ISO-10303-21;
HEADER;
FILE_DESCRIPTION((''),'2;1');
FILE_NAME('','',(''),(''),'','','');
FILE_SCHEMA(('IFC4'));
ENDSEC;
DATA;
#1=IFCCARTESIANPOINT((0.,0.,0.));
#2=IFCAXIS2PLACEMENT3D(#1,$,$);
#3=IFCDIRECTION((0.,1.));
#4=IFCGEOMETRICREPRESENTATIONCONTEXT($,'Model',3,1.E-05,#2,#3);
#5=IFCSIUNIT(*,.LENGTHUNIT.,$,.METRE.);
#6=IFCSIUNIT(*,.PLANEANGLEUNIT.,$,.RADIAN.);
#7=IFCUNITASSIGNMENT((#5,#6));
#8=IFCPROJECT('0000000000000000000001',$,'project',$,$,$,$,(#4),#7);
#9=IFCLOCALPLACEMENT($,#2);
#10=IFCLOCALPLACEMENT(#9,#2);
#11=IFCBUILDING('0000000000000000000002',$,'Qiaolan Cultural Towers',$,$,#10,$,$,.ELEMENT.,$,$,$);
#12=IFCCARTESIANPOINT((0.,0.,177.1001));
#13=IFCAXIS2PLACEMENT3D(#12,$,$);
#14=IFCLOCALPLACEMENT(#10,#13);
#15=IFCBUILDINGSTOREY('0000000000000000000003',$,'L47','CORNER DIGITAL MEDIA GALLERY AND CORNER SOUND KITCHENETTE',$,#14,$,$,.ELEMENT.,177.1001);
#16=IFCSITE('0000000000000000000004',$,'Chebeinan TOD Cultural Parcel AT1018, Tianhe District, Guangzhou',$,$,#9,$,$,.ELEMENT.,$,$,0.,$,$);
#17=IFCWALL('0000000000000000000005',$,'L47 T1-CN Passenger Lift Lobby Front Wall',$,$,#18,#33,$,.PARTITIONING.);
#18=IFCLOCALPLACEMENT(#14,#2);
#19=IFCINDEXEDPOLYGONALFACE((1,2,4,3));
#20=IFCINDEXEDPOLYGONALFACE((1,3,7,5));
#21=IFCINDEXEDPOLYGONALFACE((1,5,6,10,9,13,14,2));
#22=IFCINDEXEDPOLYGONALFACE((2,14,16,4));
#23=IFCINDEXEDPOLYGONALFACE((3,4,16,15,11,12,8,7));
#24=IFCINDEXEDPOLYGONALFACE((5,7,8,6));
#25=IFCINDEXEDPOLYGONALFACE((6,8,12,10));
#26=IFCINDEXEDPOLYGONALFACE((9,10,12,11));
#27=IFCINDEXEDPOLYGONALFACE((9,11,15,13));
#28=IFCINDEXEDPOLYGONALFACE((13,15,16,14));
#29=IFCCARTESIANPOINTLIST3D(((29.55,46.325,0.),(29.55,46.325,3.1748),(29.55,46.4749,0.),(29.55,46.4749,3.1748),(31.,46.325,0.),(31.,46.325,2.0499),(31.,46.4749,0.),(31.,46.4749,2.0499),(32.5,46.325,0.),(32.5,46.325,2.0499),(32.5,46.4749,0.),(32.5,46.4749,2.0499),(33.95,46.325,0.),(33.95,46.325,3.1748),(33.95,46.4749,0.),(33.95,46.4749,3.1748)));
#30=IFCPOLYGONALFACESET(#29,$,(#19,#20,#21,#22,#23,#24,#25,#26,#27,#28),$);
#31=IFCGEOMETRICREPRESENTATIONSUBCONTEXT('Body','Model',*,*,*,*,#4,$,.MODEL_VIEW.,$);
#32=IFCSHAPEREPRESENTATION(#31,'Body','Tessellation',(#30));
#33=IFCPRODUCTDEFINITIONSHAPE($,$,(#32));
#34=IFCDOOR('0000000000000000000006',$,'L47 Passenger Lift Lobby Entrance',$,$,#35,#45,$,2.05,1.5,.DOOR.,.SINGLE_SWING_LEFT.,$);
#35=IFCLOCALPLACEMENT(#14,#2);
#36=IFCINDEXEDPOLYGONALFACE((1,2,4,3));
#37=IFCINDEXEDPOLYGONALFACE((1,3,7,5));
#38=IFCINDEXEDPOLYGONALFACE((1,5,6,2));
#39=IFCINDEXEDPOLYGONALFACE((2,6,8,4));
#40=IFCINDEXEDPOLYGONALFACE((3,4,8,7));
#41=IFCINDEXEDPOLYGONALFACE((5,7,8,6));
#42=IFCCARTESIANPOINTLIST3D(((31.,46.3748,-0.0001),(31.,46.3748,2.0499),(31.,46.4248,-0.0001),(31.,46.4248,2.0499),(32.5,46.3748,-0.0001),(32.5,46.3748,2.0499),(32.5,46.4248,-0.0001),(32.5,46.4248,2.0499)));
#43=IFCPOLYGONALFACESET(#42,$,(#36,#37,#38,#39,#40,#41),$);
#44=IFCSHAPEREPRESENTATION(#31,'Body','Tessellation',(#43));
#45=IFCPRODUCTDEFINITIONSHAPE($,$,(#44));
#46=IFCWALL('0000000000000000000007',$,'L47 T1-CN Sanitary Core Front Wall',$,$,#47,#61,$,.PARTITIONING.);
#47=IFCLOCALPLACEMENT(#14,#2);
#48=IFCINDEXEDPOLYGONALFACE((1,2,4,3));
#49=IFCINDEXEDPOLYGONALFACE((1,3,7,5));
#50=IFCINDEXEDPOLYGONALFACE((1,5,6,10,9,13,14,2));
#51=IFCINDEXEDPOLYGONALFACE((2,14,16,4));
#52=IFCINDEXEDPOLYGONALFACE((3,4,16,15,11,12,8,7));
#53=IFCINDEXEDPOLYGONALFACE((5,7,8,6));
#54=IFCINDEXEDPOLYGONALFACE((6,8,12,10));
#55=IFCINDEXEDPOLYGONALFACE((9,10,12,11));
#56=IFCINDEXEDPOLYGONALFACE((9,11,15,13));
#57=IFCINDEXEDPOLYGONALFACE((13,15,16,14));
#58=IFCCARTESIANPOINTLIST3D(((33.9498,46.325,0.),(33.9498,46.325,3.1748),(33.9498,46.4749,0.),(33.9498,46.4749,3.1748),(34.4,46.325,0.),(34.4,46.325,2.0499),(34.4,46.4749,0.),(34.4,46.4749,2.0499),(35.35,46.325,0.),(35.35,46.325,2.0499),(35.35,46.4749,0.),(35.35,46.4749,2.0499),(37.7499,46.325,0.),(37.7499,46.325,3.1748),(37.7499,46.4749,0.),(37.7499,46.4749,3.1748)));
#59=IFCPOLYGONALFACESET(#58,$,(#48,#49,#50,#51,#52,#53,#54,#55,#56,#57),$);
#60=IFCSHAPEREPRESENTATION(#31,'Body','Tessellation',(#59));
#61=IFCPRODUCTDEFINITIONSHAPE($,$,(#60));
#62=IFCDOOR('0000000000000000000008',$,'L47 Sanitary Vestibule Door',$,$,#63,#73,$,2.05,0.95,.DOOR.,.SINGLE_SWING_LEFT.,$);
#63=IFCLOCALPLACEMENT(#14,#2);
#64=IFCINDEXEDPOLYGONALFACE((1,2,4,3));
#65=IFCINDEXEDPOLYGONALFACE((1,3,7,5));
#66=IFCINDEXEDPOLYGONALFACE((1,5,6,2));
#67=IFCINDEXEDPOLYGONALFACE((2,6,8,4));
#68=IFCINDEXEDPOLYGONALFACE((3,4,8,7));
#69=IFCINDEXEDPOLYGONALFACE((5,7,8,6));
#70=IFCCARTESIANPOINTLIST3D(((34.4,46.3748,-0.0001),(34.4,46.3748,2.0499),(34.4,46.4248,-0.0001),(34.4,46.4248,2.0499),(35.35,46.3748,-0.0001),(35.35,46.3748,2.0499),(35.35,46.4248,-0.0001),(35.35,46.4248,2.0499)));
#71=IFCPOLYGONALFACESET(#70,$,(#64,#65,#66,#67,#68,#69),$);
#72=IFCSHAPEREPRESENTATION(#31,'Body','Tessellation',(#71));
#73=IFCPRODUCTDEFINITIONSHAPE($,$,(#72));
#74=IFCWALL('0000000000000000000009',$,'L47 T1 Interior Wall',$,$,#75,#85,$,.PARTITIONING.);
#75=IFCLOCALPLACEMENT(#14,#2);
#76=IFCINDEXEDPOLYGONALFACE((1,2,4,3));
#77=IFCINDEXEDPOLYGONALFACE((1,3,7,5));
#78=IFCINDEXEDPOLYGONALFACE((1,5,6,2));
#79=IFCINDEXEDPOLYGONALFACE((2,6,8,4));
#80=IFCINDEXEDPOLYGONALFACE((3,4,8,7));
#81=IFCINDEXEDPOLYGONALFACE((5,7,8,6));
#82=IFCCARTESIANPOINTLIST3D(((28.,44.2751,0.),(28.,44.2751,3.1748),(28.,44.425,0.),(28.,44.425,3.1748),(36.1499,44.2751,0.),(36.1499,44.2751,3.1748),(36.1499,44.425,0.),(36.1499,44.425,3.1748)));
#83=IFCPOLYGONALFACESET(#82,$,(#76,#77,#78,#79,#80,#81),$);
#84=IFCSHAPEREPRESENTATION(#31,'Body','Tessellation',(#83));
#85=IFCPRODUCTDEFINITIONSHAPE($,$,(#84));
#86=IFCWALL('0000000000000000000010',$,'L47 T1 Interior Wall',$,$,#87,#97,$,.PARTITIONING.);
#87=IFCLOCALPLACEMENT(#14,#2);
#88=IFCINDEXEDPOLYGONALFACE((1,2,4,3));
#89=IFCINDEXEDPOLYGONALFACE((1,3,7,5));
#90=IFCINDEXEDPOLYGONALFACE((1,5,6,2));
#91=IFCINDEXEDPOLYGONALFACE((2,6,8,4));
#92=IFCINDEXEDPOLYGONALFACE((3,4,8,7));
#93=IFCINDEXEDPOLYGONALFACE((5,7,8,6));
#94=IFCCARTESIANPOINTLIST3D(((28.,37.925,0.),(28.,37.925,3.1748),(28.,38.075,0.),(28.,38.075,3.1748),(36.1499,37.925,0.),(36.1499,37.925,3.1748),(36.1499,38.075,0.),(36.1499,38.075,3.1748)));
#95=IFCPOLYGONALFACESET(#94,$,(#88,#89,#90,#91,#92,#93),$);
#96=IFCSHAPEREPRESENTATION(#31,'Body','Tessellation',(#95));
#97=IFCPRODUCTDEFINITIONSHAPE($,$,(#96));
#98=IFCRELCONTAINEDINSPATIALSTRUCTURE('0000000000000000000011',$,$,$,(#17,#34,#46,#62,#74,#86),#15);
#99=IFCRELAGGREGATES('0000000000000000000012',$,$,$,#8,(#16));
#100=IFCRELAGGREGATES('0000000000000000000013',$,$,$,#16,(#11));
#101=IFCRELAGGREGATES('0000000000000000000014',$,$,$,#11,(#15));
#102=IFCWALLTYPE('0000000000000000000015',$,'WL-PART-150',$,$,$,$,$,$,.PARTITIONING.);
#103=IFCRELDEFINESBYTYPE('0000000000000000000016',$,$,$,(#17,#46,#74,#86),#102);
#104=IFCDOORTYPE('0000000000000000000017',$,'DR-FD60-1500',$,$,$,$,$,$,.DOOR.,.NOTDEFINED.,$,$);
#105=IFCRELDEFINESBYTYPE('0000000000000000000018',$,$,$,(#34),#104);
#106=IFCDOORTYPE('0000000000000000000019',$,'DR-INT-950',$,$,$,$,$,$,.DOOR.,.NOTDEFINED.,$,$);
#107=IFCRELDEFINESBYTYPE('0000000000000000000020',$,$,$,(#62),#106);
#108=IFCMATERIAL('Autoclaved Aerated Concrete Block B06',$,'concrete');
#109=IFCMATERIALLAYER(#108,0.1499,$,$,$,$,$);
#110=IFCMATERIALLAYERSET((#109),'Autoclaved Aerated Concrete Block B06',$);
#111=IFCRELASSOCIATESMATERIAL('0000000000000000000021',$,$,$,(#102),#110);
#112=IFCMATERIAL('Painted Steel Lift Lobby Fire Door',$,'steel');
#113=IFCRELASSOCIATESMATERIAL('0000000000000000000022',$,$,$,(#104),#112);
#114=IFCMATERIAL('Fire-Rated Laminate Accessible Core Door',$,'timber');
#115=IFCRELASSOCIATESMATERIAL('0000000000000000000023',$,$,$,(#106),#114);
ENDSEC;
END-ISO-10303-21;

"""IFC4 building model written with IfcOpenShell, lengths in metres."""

from ifc_helpers import new_model, si_unit, direction, frame, frame_2d, origin, place, context, subcontext, project, spatial, rectangle, extrude, material, layer, layer_set, type_object, element, fill, save


model = new_model("IFC4")

# Units and contexts
model_context = context("Model", 3, precision=1e-05, world=origin(), true_north=direction((0.0, 1.0)))
body_context = subcontext(model_context, "Body", "Model", "MODEL_VIEW")
ifc_project = project(units=[si_unit("LENGTHUNIT", "METRE"), si_unit("PLANEANGLEUNIT", "RADIAN")], contexts=[model_context])

# Site, building, storey
site_placement = place(None, origin())
site = spatial("IfcSite", under=ifc_project, at=site_placement, Name="Chebeinan TOD Cultural Parcel AT1018, Tianhe District, Guangzhou", CompositionType="ELEMENT", RefElevation=0.0)
building_placement = place(site_placement, origin())
building = spatial("IfcBuilding", under=site, at=building_placement, Name="Qiaolan Cultural Towers", CompositionType="ELEMENT")
storey_placement = place(building_placement, frame((0.0, 0.0, 177.1001)))
storey = spatial("IfcBuildingStorey", under=building, at=storey_placement, Name="L47", Description="CORNER DIGITAL MEDIA GALLERY AND CORNER SOUND KITCHENETTE", CompositionType="ELEMENT", Elevation=177.1001)

# Walls, openings, doors
ifc_material_1 = material(Name="Autoclaved Aerated Concrete Block B06", Category="concrete")
ifc_layer_1 = layer(ifc_material_1, 0.1499)
ifc_layer_set_1 = layer_set([ifc_layer_1], Name="Autoclaved Aerated Concrete Block B06")
wall_type_1 = type_object("IfcWallType", Name="WL-PART-150", PredefinedType="PARTITIONING", material=ifc_layer_set_1)
wall_1_placement = place(storey_placement, frame((29.55, 46.3999, 0.0), z_axis=(0.0, 0.0, 1.0), x_axis=(1.0, 0.0, 0.0)))
wall_1 = element("IfcWall", 1, at=wall_1_placement, inside=storey, type_object=wall_type_1, Name="L47 T1-CN Passenger Lift Lobby Front Wall", PredefinedType="PARTITIONING", context=body_context, shape_type="SweptSolid", body=[
    extrude(rectangle(XDim=4.3999, YDim=0.1499, at=frame_2d((2.2, 0.0))), origin(), (0.0, 0.0, 1.0), 3.1748),
])
opening_1_placement = place(wall_1_placement, frame((1.45, 0.0, 0.0)))
opening_1 = element("IfcOpeningElement", 2, at=opening_1_placement, cuts=wall_1, PredefinedType="OPENING", context=body_context, shape_type="SweptSolid", body=[
    extrude(rectangle(XDim=1.5, YDim=2.05, at=frame_2d((0.75, 1.0249))), frame((0.0, 0.085, 0.0), z_axis=(0.0, -1.0, 0.0), x_axis=(1.0, 0.0, 0.0)), (0.0, 0.0, 1.0), 0.1699),
])
ifc_material_2 = material(Name="Painted Steel Lift Lobby Fire Door", Category="steel")
door_type_1 = type_object("IfcDoorType", Name="DR-FD60-1500", OperationType="NOTDEFINED", PredefinedType="DOOR", material=ifc_material_2)
door_1_placement = place(opening_1_placement, origin())
door_1 = element("IfcDoor", 3, at=door_1_placement, inside=storey, type_object=door_type_1, Name="L47 Passenger Lift Lobby Entrance", OperationType="SINGLE_SWING_LEFT", OverallHeight=2.05, OverallWidth=1.5, PredefinedType="DOOR", context=body_context, shape_type="SweptSolid", body=[
    extrude(rectangle(XDim=1.5, YDim=2.05, at=frame_2d((0.75, 1.0249))), frame((0.0, 0.0249, 0.0), z_axis=(0.0, -1.0, 0.0), x_axis=(1.0, 0.0, 0.0)), (0.0, 0.0, 1.0), 0.05),
])
fill(opening_1, door_1)
wall_2_placement = place(storey_placement, frame((33.95, 46.3999, 0.0), z_axis=(0.0, 0.0, 1.0), x_axis=(1.0, 0.0, 0.0)))
wall_2 = element("IfcWall", 4, at=wall_2_placement, inside=storey, type_object=wall_type_1, Name="L47 T1-CN Sanitary Core Front Wall", PredefinedType="PARTITIONING", context=body_context, shape_type="SweptSolid", body=[
    extrude(rectangle(XDim=3.8, YDim=0.1499, at=frame_2d((1.8999, 0.0))), origin(), (0.0, 0.0, 1.0), 3.1748),
])
opening_2_placement = place(wall_2_placement, frame((0.45, 0.0, 0.0)))
opening_2 = element("IfcOpeningElement", 5, at=opening_2_placement, cuts=wall_2, PredefinedType="OPENING", context=body_context, shape_type="SweptSolid", body=[
    extrude(rectangle(XDim=0.95, YDim=2.05, at=frame_2d((0.4751, 1.0249))), frame((0.0, 0.085, 0.0), z_axis=(0.0, -1.0, 0.0), x_axis=(1.0, 0.0, 0.0)), (0.0, 0.0, 1.0), 0.1699),
])
ifc_material_3 = material(Name="Fire-Rated Laminate Accessible Core Door", Category="timber")
door_type_2 = type_object("IfcDoorType", Name="DR-INT-950", OperationType="NOTDEFINED", PredefinedType="DOOR", material=ifc_material_3)
door_2_placement = place(opening_2_placement, origin())
door_2 = element("IfcDoor", 6, at=door_2_placement, inside=storey, type_object=door_type_2, Name="L47 Sanitary Vestibule Door", OperationType="SINGLE_SWING_LEFT", OverallHeight=2.05, OverallWidth=0.95, PredefinedType="DOOR", context=body_context, shape_type="SweptSolid", body=[
    extrude(rectangle(XDim=0.95, YDim=2.05, at=frame_2d((0.4751, 1.0249))), frame((0.0, 0.0249, 0.0), z_axis=(0.0, -1.0, 0.0), x_axis=(1.0, 0.0, 0.0)), (0.0, 0.0, 1.0), 0.05),
])
fill(opening_2, door_2)

# Walls
for number, where, z_axis, x_axis, name in (
    (7, (28.0, 44.3501, 0.0), (0.0, 0.0, 1.0), (1.0, 0.0, 0.0), "L47 T1 Interior Wall"),
    (8, (28.0, 38.0, 0.0), (0.0, 0.0, 1.0), (1.0, 0.0, 0.0), "L47 T1 Interior Wall"),
):
    element("IfcWall", number, at=place(storey_placement, frame(where, z_axis=z_axis, x_axis=x_axis)), inside=storey, type_object=wall_type_1, Name=name, PredefinedType="PARTITIONING", context=body_context, shape_type="SweptSolid", body=[
        extrude(rectangle(XDim=8.1499, YDim=0.1499, at=frame_2d((4.075, 0.0))), origin(), (0.0, 0.0, 1.0), 3.1748),
    ])

save(model, "model.ifc")
